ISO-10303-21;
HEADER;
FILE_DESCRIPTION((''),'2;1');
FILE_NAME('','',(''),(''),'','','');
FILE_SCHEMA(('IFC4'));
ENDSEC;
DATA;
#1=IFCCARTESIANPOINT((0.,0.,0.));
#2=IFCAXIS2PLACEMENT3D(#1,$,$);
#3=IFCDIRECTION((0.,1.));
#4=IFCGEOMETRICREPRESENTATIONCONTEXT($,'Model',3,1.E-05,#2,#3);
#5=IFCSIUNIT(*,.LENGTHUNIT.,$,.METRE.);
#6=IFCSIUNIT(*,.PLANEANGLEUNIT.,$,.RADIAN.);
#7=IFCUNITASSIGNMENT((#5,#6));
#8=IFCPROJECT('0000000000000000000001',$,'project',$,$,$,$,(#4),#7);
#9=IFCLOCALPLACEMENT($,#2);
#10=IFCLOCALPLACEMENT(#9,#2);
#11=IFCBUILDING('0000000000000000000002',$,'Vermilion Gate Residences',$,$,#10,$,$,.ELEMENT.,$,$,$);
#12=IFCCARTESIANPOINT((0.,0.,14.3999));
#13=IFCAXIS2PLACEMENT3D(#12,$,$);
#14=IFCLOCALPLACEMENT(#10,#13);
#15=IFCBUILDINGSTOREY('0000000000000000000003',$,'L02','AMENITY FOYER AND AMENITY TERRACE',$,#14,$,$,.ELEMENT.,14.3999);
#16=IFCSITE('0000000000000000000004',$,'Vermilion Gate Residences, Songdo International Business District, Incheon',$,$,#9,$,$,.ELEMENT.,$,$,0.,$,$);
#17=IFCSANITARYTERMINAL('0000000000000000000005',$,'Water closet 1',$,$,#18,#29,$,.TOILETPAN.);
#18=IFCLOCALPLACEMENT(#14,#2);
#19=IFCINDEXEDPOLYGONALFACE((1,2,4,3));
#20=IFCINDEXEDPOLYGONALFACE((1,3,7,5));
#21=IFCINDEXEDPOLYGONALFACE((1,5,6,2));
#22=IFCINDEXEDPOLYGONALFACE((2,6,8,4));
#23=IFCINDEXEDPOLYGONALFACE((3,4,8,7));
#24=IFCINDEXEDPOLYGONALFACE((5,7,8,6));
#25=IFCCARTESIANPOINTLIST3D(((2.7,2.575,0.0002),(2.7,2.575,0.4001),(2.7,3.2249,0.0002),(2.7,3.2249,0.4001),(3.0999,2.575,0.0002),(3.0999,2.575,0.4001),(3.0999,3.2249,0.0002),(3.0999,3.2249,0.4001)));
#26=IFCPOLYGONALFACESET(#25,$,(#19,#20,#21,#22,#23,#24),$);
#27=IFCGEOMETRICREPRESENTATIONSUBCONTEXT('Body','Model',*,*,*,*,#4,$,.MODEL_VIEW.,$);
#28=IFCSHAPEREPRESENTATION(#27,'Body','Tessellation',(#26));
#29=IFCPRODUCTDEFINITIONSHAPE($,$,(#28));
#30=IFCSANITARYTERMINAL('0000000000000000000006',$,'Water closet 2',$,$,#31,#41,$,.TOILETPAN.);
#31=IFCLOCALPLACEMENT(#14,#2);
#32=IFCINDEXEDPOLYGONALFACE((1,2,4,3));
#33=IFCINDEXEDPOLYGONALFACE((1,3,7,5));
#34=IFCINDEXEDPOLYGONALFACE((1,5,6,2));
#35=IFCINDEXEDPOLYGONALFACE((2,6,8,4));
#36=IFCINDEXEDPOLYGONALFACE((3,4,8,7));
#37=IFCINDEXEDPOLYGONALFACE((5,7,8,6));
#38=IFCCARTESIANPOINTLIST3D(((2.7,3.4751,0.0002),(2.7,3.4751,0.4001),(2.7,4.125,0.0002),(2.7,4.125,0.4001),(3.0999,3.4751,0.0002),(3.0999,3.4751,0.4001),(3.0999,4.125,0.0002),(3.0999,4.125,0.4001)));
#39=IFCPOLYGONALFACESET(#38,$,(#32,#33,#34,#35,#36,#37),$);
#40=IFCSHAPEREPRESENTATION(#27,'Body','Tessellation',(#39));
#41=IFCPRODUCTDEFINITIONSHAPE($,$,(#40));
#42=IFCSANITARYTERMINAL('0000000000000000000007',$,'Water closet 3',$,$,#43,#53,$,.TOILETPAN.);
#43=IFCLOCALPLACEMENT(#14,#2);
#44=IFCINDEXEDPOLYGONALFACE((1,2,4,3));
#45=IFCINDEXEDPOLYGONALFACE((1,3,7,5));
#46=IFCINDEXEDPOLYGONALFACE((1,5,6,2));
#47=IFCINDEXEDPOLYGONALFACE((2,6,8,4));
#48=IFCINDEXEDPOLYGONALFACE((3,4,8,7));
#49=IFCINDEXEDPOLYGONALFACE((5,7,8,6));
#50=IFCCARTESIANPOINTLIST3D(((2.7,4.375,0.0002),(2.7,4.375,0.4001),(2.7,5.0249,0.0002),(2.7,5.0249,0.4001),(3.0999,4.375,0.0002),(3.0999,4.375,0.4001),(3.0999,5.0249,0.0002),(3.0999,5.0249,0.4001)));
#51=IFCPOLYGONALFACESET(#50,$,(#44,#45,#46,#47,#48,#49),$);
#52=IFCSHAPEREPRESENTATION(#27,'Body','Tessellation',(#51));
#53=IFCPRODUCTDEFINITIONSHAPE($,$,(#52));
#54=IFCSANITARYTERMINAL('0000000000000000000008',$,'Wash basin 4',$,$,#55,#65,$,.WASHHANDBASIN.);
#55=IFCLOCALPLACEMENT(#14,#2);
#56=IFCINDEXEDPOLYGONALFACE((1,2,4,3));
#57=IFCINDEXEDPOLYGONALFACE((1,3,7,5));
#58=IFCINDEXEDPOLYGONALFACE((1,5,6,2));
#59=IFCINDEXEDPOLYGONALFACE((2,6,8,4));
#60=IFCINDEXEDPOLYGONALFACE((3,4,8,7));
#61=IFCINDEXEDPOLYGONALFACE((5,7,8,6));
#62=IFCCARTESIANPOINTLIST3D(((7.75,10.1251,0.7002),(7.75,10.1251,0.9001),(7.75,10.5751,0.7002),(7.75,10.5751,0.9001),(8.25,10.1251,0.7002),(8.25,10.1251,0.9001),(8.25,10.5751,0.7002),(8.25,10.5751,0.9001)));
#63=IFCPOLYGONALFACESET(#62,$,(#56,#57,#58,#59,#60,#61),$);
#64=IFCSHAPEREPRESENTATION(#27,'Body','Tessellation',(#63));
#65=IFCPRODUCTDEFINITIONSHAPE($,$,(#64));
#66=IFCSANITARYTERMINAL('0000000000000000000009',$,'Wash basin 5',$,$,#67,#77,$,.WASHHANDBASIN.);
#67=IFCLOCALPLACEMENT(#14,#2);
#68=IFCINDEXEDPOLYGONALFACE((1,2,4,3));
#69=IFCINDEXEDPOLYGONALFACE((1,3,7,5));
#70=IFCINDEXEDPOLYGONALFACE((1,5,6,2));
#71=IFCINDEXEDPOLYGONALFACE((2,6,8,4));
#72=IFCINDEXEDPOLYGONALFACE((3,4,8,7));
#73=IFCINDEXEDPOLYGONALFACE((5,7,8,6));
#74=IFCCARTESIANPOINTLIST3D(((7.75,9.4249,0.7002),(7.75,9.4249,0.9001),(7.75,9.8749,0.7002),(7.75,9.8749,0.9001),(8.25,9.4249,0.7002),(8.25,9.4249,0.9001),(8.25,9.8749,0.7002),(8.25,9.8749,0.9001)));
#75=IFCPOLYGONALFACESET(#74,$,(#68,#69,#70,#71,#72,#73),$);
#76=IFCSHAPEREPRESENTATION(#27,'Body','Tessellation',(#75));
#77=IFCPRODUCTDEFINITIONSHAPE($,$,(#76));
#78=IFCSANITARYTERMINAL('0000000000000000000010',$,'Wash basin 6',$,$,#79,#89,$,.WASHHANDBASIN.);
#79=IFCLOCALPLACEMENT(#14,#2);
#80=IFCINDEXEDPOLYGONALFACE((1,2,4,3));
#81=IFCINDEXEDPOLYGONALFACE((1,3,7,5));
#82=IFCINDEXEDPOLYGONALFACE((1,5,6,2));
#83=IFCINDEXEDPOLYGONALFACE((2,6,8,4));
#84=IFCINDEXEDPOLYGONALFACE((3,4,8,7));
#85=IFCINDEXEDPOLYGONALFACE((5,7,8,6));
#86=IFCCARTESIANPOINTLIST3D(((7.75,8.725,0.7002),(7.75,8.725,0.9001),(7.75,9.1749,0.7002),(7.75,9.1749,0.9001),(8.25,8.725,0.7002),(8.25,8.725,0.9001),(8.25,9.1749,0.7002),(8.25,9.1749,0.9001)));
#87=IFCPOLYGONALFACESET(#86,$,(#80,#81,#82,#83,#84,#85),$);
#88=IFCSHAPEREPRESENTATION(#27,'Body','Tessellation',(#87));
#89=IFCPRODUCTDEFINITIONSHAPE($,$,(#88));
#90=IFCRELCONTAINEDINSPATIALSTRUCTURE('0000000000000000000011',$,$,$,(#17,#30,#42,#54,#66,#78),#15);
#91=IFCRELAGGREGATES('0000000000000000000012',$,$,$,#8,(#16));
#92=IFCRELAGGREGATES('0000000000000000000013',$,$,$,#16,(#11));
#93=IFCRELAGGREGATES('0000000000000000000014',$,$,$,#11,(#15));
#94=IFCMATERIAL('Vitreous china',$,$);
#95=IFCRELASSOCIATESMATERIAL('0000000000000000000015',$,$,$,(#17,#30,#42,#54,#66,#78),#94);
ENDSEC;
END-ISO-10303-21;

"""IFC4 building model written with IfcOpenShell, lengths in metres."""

from ifc_helpers import new_model, si_unit, direction, frame, origin, origin_2d, place, context, subcontext, project, spatial, rectangle, extrude, material, element, save


model = new_model("IFC4")

# Units and contexts
model_context = context("Model", 3, precision=1e-05, world=origin(), true_north=direction((0.0, 1.0)))
body_context = subcontext(model_context, "Body", "Model", "MODEL_VIEW")
ifc_project = project(units=[si_unit("LENGTHUNIT", "METRE"), si_unit("PLANEANGLEUNIT", "RADIAN")], contexts=[model_context])

# Site, building, storey
site_placement = place(None, origin())
site = spatial("IfcSite", under=ifc_project, at=site_placement, Name="Vermilion Gate Residences, Songdo International Business District, Incheon", CompositionType="ELEMENT", RefElevation=0.0)
building_placement = place(site_placement, origin())
building = spatial("IfcBuilding", under=site, at=building_placement, Name="Vermilion Gate Residences", CompositionType="ELEMENT")
storey_placement = place(building_placement, frame((0.0, 0.0, 14.3999)))
storey = spatial("IfcBuildingStorey", under=building, at=storey_placement, Name="L02", Description="AMENITY FOYER AND AMENITY TERRACE", CompositionType="ELEMENT", Elevation=14.3999)

# Sanitary terminals
ifc_material_1 = material(Name="Vitreous china")
for number, where, z_axis, x_axis, name in (
    (1, (2.8999, 2.8999, 0.0002), (0.0, 0.0, 1.0), (1.0, 0.0, 0.0), "Water closet 1"),
    (2, (2.8999, 3.8, 0.0002), (0.0, 0.0, 1.0), (1.0, 0.0, 0.0), "Water closet 2"),
    (3, (2.8999, 4.7, 0.0002), (0.0, 0.0, 1.0), (1.0, 0.0, 0.0), "Water closet 3"),
):
    element("IfcSanitaryTerminal", number, at=place(storey_placement, frame(where, z_axis=z_axis, x_axis=x_axis)), inside=storey, material=ifc_material_1, Name=name, PredefinedType="TOILETPAN", context=body_context, shape_type="SweptSolid", body=[
        extrude(rectangle(XDim=0.3999, YDim=0.6499, at=origin_2d()), origin(), (0.0, 0.0, 1.0), 0.3999),
    ])
for number, where, z_axis, x_axis, name in (
    (4, (8.0, 10.3501, 0.7002), (0.0, 0.0, 1.0), (1.0, 0.0, 0.0), "Wash basin 4"),
    (5, (8.0, 9.6499, 0.7002), (0.0, 0.0, 1.0), (1.0, 0.0, 0.0), "Wash basin 5"),
    (6, (8.0, 8.95, 0.7002), (0.0, 0.0, 1.0), (1.0, 0.0, 0.0), "Wash basin 6"),
):
    element("IfcSanitaryTerminal", number, at=place(storey_placement, frame(where, z_axis=z_axis, x_axis=x_axis)), inside=storey, material=ifc_material_1, Name=name, PredefinedType="WASHHANDBASIN", context=body_context, shape_type="SweptSolid", body=[
        extrude(rectangle(XDim=0.5, YDim=0.45, at=origin_2d()), origin(), (0.0, 0.0, 1.0), 0.2),
    ])

save(model, "model.ifc")
